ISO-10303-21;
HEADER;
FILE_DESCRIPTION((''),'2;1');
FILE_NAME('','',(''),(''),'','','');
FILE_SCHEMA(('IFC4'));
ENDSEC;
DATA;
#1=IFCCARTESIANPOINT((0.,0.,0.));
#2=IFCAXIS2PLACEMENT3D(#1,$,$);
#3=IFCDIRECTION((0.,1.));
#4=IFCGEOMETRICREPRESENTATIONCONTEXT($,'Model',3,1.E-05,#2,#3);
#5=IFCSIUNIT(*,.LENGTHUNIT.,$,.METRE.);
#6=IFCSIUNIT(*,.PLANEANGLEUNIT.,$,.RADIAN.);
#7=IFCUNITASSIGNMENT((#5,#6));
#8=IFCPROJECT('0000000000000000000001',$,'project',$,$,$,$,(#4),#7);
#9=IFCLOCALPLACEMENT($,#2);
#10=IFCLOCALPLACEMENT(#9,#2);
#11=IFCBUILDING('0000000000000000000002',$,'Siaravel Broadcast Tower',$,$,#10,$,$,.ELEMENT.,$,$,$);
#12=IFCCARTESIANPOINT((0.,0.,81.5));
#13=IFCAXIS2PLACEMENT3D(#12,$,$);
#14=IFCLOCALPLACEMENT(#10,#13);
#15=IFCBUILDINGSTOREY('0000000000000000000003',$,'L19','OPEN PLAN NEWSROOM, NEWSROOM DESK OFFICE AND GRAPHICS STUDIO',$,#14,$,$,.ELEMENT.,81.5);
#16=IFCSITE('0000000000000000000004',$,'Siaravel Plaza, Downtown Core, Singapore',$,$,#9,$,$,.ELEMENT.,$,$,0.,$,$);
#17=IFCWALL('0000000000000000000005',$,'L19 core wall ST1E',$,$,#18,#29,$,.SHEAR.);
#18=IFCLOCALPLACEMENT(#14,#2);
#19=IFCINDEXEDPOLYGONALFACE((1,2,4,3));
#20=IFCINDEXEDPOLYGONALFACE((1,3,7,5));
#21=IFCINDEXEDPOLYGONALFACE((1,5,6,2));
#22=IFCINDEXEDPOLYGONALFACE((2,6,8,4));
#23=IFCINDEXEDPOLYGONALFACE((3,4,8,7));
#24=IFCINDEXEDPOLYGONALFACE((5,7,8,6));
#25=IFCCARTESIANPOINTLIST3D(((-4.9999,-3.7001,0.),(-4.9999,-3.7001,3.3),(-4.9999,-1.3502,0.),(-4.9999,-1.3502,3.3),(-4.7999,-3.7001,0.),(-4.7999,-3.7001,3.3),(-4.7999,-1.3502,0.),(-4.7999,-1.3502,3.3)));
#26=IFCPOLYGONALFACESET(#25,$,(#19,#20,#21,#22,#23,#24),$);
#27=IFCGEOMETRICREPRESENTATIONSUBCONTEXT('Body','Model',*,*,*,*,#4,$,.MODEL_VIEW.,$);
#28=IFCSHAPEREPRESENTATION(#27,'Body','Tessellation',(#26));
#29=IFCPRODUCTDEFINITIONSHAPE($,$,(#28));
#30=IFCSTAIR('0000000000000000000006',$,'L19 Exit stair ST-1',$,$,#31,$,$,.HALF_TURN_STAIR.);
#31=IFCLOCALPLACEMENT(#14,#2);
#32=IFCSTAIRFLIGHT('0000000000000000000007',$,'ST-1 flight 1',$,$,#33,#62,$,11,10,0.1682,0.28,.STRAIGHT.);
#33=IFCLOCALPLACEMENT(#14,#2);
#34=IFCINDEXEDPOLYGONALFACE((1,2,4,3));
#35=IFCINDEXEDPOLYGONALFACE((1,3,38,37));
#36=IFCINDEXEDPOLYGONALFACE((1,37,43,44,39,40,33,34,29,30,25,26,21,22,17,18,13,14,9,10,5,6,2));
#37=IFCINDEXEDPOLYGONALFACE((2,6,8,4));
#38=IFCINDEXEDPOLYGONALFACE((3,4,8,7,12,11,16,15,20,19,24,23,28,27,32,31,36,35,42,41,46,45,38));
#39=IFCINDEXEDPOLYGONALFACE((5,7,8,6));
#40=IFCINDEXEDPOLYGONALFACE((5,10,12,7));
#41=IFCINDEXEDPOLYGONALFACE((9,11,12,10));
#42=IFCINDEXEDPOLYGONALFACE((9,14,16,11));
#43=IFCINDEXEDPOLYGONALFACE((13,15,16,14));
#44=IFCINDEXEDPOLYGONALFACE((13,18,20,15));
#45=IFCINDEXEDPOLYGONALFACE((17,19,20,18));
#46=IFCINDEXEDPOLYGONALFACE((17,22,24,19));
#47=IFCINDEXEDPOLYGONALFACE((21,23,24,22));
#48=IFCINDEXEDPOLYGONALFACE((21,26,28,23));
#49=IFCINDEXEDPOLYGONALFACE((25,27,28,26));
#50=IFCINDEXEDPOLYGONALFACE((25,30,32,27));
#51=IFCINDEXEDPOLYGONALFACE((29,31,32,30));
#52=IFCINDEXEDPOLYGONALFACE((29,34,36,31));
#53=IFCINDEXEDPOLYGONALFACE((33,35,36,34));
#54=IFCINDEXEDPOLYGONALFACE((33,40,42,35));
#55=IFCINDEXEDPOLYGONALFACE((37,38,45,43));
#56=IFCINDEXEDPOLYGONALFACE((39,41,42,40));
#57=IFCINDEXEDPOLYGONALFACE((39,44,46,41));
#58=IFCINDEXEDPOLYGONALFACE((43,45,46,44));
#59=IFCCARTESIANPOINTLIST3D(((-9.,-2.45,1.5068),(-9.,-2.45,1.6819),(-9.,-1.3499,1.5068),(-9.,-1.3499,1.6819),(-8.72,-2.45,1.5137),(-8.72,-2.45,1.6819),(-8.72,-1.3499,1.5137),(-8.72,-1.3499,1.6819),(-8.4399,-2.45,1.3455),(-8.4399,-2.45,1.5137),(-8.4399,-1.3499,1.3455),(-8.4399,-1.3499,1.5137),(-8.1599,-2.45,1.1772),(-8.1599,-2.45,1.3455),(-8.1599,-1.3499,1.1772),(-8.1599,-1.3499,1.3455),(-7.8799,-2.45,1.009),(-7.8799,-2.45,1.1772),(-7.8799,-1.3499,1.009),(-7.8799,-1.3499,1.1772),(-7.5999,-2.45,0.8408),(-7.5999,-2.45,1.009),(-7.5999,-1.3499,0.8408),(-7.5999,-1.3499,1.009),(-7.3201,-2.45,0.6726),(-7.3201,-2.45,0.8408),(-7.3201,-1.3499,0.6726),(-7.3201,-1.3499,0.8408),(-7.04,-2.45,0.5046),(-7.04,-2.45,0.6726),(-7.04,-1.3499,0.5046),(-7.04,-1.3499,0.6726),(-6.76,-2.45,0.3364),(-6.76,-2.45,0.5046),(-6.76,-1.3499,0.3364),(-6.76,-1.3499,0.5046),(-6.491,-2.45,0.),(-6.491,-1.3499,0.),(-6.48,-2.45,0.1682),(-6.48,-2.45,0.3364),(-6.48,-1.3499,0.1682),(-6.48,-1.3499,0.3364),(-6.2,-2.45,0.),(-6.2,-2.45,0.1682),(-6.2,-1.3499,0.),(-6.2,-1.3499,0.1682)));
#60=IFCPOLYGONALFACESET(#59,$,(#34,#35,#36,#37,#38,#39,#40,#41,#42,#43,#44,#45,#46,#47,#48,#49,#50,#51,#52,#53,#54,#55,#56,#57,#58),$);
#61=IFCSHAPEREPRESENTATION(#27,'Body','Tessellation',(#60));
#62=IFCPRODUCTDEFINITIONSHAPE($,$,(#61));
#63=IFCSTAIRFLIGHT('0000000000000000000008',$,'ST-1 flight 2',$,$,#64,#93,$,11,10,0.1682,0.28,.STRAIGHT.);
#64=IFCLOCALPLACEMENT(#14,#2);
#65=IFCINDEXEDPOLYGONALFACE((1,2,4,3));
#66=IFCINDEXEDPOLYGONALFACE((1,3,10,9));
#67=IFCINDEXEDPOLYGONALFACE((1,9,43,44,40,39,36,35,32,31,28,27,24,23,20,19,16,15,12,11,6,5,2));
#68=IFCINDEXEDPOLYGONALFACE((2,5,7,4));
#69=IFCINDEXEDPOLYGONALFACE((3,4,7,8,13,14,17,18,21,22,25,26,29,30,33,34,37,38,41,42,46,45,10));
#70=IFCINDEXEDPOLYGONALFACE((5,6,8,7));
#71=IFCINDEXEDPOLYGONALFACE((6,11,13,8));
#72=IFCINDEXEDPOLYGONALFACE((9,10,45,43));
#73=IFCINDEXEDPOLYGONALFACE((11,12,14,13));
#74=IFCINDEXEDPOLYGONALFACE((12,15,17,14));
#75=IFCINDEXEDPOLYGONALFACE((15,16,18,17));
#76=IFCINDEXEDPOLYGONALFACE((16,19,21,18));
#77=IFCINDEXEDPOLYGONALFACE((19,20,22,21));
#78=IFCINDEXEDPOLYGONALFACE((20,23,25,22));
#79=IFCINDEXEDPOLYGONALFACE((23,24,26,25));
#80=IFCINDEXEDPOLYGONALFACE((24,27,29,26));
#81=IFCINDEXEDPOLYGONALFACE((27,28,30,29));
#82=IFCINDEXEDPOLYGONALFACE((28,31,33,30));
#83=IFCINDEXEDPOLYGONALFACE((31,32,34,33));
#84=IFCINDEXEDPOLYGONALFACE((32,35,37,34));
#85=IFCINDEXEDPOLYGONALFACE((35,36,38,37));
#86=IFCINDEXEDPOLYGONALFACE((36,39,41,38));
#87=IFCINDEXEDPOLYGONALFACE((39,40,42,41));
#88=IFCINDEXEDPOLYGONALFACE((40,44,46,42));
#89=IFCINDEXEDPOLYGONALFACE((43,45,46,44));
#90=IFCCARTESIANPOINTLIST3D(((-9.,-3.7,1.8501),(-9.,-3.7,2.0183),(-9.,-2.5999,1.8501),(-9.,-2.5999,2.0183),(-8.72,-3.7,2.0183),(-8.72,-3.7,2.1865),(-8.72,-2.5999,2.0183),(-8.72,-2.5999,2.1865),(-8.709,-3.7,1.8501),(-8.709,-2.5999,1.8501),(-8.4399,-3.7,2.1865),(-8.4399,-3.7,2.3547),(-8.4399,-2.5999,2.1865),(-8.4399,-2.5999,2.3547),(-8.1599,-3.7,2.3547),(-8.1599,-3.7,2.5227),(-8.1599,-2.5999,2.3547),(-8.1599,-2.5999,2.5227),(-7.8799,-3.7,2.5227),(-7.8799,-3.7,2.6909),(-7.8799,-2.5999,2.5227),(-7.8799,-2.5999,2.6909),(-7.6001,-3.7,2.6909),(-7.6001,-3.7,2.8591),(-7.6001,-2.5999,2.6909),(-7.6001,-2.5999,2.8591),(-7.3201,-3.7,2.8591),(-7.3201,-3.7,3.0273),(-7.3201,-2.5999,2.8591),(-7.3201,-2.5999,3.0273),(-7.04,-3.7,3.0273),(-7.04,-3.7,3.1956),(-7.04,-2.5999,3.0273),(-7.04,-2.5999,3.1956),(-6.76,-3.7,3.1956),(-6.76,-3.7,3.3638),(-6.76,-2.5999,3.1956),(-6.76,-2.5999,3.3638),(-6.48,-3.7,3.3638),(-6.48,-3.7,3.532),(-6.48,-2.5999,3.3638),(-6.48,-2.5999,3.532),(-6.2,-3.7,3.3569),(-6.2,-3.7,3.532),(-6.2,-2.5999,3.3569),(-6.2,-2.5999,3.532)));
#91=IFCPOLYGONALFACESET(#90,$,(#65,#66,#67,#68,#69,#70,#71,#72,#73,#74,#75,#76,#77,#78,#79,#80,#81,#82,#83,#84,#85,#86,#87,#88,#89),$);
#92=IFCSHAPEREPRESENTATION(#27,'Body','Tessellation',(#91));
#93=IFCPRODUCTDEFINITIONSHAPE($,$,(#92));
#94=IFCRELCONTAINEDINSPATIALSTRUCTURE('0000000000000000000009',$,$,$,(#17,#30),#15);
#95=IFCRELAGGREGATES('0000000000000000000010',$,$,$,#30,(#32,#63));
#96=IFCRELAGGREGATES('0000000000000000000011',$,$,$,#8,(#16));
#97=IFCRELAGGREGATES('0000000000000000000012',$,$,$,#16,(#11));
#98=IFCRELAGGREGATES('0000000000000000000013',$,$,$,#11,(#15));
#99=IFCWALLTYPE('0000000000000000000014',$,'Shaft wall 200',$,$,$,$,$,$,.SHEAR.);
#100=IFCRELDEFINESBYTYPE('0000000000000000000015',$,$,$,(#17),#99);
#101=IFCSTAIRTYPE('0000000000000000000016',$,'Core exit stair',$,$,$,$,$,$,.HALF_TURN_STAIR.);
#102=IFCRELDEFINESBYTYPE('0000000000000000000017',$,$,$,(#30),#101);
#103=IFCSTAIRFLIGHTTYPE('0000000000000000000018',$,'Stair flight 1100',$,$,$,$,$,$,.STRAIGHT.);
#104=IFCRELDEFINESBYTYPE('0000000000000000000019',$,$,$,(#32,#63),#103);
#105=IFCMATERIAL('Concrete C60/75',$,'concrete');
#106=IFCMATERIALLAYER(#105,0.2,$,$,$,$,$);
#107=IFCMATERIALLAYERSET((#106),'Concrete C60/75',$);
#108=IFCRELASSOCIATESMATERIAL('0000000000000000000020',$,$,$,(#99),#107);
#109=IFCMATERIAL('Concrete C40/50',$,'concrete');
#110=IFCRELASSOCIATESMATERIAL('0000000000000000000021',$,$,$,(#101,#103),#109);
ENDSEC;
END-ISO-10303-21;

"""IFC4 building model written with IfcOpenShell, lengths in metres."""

from ifc_helpers import new_model, si_unit, direction, frame, frame_2d, origin, place, context, subcontext, project, spatial, polyline, rectangle, outline, extrude, material, layer, layer_set, type_object, element, aggregate, save


model = new_model("IFC4")

# Units and contexts
model_context = context("Model", 3, precision=1e-05, world=origin(), true_north=direction((0.0, 1.0)))
body_context = subcontext(model_context, "Body", "Model", "MODEL_VIEW")
ifc_project = project(units=[si_unit("LENGTHUNIT", "METRE"), si_unit("PLANEANGLEUNIT", "RADIAN")], contexts=[model_context])

# Site, building, storey
site_placement = place(None, origin())
site = spatial("IfcSite", under=ifc_project, at=site_placement, Name="Siaravel Plaza, Downtown Core, Singapore", CompositionType="ELEMENT", RefElevation=0.0)
building_placement = place(site_placement, origin())
building = spatial("IfcBuilding", under=site, at=building_placement, Name="Siaravel Broadcast Tower", CompositionType="ELEMENT")
storey_placement = place(building_placement, frame((0.0, 0.0, 81.5)))
storey = spatial("IfcBuildingStorey", under=building, at=storey_placement, Name="L19", Description="OPEN PLAN NEWSROOM, NEWSROOM DESK OFFICE AND GRAPHICS STUDIO", CompositionType="ELEMENT", Elevation=81.5)

# Shared definitions
ifc_material_1 = material(Name="Concrete C60/75", Category="concrete")

# Shared definitions
ifc_layer_1 = layer(ifc_material_1, 0.2)
ifc_layer_set_1 = layer_set([ifc_layer_1], Name="Concrete C60/75")
wall_type_1 = type_object("IfcWallType", Name="Shaft wall 200", PredefinedType="SHEAR", material=ifc_layer_set_1)

# Wall
wall_1_placement = place(storey_placement, frame((-4.8999, -3.7, 0.0), z_axis=(0.0, 0.0, 1.0), x_axis=(0.0, 1.0, 0.0)))
element("IfcWall", 1, at=wall_1_placement, inside=storey, type_object=wall_type_1, Name="L19 core wall ST1E", PredefinedType="SHEAR", context=body_context, shape_type="SweptSolid", body=[
    extrude(rectangle(XDim=2.3499, YDim=0.2, at=frame_2d((1.1748, 0.0))), origin(), (0.0, 0.0, 1.0), 3.3),
])

# Stair, stair flights
ifc_material_2 = material(Name="Concrete C40/50", Category="concrete")
stair_type = type_object("IfcStairType", Name="Core exit stair", PredefinedType="HALF_TURN_STAIR", material=ifc_material_2)
stair_placement = place(storey_placement, origin())
stair = element("IfcStair", 2, at=stair_placement, inside=storey, type_object=stair_type, Name="L19 Exit stair ST-1", PredefinedType="HALF_TURN_STAIR")
stair_flight_type = type_object("IfcStairFlightType", Name="Stair flight 1100", PredefinedType="STRAIGHT", material=ifc_material_2)
stair_flight_1_placement = place(storey_placement, frame((-6.2, -1.8999, 0.0), z_axis=(0.0, 0.0, 1.0), x_axis=(-1.0, 0.0, 0.0)))
stair_flight_1 = element("IfcStairFlight", 3, at=stair_flight_1_placement, type_object=stair_flight_type, Name="ST-1 flight 1", NumberOfRisers=11, NumberOfTreads=10, PredefinedType="STRAIGHT", RiserHeight=0.1682, TreadLength=0.28, context=body_context, shape_type="SweptSolid", body=[
    extrude(outline(polyline([(0.0, 0.0), (0.0, 0.1682), (0.28, 0.1682), (0.28, 0.3364), (0.5601, 0.3364), (0.5601, 0.5046), (0.8401, 0.5046), (0.8401, 0.6726), (1.1201, 0.6726), (1.1201, 0.8408), (1.3999, 0.8408), (1.3999, 1.009), (1.6799, 1.009), (1.6799, 1.1772), (1.96, 1.1772), (1.96, 1.3455), (2.24, 1.3455), (2.24, 1.5137), (2.52, 1.5137), (2.52, 1.6819), (2.8, 1.6819), (2.8, 1.8501), (2.8, 1.5068), (0.291, 0.0), (0.0, 0.0)])), frame((0.0, 0.55, 0.0), z_axis=(0.0, -1.0, 0.0), x_axis=(1.0, 0.0, 0.0)), (0.0, 0.0, 1.0), 1.1001),
])
stair_flight_2_placement = place(storey_placement, frame((-9.0, -3.1499, 1.8501), z_axis=(0.0, 0.0, 1.0), x_axis=(1.0, 0.0, 0.0)))
stair_flight_2 = element("IfcStairFlight", 4, at=stair_flight_2_placement, type_object=stair_flight_type, Name="ST-1 flight 2", NumberOfRisers=11, NumberOfTreads=10, PredefinedType="STRAIGHT", RiserHeight=0.1682, TreadLength=0.28, context=body_context, shape_type="SweptSolid", body=[
    extrude(outline(polyline([(0.0, 0.0), (0.0, 0.1682), (0.28, 0.1682), (0.28, 0.3364), (0.5601, 0.3364), (0.5601, 0.5046), (0.8401, 0.5046), (0.8401, 0.6726), (1.1201, 0.6726), (1.1201, 0.8408), (1.3999, 0.8408), (1.3999, 1.009), (1.6799, 1.009), (1.6799, 1.1772), (1.96, 1.1772), (1.96, 1.3455), (2.24, 1.3455), (2.24, 1.5137), (2.52, 1.5137), (2.52, 1.6819), (2.8, 1.6819), (2.8, 1.8501), (2.8, 1.5068), (0.291, 0.0), (0.0, 0.0)])), frame((0.0, 0.55, 0.0), z_axis=(0.0, -1.0, 0.0), x_axis=(1.0, 0.0, 0.0)), (0.0, 0.0, 1.0), 1.1001),
])
aggregate(stair, [stair_flight_1, stair_flight_2])

save(model, "model.ifc")
